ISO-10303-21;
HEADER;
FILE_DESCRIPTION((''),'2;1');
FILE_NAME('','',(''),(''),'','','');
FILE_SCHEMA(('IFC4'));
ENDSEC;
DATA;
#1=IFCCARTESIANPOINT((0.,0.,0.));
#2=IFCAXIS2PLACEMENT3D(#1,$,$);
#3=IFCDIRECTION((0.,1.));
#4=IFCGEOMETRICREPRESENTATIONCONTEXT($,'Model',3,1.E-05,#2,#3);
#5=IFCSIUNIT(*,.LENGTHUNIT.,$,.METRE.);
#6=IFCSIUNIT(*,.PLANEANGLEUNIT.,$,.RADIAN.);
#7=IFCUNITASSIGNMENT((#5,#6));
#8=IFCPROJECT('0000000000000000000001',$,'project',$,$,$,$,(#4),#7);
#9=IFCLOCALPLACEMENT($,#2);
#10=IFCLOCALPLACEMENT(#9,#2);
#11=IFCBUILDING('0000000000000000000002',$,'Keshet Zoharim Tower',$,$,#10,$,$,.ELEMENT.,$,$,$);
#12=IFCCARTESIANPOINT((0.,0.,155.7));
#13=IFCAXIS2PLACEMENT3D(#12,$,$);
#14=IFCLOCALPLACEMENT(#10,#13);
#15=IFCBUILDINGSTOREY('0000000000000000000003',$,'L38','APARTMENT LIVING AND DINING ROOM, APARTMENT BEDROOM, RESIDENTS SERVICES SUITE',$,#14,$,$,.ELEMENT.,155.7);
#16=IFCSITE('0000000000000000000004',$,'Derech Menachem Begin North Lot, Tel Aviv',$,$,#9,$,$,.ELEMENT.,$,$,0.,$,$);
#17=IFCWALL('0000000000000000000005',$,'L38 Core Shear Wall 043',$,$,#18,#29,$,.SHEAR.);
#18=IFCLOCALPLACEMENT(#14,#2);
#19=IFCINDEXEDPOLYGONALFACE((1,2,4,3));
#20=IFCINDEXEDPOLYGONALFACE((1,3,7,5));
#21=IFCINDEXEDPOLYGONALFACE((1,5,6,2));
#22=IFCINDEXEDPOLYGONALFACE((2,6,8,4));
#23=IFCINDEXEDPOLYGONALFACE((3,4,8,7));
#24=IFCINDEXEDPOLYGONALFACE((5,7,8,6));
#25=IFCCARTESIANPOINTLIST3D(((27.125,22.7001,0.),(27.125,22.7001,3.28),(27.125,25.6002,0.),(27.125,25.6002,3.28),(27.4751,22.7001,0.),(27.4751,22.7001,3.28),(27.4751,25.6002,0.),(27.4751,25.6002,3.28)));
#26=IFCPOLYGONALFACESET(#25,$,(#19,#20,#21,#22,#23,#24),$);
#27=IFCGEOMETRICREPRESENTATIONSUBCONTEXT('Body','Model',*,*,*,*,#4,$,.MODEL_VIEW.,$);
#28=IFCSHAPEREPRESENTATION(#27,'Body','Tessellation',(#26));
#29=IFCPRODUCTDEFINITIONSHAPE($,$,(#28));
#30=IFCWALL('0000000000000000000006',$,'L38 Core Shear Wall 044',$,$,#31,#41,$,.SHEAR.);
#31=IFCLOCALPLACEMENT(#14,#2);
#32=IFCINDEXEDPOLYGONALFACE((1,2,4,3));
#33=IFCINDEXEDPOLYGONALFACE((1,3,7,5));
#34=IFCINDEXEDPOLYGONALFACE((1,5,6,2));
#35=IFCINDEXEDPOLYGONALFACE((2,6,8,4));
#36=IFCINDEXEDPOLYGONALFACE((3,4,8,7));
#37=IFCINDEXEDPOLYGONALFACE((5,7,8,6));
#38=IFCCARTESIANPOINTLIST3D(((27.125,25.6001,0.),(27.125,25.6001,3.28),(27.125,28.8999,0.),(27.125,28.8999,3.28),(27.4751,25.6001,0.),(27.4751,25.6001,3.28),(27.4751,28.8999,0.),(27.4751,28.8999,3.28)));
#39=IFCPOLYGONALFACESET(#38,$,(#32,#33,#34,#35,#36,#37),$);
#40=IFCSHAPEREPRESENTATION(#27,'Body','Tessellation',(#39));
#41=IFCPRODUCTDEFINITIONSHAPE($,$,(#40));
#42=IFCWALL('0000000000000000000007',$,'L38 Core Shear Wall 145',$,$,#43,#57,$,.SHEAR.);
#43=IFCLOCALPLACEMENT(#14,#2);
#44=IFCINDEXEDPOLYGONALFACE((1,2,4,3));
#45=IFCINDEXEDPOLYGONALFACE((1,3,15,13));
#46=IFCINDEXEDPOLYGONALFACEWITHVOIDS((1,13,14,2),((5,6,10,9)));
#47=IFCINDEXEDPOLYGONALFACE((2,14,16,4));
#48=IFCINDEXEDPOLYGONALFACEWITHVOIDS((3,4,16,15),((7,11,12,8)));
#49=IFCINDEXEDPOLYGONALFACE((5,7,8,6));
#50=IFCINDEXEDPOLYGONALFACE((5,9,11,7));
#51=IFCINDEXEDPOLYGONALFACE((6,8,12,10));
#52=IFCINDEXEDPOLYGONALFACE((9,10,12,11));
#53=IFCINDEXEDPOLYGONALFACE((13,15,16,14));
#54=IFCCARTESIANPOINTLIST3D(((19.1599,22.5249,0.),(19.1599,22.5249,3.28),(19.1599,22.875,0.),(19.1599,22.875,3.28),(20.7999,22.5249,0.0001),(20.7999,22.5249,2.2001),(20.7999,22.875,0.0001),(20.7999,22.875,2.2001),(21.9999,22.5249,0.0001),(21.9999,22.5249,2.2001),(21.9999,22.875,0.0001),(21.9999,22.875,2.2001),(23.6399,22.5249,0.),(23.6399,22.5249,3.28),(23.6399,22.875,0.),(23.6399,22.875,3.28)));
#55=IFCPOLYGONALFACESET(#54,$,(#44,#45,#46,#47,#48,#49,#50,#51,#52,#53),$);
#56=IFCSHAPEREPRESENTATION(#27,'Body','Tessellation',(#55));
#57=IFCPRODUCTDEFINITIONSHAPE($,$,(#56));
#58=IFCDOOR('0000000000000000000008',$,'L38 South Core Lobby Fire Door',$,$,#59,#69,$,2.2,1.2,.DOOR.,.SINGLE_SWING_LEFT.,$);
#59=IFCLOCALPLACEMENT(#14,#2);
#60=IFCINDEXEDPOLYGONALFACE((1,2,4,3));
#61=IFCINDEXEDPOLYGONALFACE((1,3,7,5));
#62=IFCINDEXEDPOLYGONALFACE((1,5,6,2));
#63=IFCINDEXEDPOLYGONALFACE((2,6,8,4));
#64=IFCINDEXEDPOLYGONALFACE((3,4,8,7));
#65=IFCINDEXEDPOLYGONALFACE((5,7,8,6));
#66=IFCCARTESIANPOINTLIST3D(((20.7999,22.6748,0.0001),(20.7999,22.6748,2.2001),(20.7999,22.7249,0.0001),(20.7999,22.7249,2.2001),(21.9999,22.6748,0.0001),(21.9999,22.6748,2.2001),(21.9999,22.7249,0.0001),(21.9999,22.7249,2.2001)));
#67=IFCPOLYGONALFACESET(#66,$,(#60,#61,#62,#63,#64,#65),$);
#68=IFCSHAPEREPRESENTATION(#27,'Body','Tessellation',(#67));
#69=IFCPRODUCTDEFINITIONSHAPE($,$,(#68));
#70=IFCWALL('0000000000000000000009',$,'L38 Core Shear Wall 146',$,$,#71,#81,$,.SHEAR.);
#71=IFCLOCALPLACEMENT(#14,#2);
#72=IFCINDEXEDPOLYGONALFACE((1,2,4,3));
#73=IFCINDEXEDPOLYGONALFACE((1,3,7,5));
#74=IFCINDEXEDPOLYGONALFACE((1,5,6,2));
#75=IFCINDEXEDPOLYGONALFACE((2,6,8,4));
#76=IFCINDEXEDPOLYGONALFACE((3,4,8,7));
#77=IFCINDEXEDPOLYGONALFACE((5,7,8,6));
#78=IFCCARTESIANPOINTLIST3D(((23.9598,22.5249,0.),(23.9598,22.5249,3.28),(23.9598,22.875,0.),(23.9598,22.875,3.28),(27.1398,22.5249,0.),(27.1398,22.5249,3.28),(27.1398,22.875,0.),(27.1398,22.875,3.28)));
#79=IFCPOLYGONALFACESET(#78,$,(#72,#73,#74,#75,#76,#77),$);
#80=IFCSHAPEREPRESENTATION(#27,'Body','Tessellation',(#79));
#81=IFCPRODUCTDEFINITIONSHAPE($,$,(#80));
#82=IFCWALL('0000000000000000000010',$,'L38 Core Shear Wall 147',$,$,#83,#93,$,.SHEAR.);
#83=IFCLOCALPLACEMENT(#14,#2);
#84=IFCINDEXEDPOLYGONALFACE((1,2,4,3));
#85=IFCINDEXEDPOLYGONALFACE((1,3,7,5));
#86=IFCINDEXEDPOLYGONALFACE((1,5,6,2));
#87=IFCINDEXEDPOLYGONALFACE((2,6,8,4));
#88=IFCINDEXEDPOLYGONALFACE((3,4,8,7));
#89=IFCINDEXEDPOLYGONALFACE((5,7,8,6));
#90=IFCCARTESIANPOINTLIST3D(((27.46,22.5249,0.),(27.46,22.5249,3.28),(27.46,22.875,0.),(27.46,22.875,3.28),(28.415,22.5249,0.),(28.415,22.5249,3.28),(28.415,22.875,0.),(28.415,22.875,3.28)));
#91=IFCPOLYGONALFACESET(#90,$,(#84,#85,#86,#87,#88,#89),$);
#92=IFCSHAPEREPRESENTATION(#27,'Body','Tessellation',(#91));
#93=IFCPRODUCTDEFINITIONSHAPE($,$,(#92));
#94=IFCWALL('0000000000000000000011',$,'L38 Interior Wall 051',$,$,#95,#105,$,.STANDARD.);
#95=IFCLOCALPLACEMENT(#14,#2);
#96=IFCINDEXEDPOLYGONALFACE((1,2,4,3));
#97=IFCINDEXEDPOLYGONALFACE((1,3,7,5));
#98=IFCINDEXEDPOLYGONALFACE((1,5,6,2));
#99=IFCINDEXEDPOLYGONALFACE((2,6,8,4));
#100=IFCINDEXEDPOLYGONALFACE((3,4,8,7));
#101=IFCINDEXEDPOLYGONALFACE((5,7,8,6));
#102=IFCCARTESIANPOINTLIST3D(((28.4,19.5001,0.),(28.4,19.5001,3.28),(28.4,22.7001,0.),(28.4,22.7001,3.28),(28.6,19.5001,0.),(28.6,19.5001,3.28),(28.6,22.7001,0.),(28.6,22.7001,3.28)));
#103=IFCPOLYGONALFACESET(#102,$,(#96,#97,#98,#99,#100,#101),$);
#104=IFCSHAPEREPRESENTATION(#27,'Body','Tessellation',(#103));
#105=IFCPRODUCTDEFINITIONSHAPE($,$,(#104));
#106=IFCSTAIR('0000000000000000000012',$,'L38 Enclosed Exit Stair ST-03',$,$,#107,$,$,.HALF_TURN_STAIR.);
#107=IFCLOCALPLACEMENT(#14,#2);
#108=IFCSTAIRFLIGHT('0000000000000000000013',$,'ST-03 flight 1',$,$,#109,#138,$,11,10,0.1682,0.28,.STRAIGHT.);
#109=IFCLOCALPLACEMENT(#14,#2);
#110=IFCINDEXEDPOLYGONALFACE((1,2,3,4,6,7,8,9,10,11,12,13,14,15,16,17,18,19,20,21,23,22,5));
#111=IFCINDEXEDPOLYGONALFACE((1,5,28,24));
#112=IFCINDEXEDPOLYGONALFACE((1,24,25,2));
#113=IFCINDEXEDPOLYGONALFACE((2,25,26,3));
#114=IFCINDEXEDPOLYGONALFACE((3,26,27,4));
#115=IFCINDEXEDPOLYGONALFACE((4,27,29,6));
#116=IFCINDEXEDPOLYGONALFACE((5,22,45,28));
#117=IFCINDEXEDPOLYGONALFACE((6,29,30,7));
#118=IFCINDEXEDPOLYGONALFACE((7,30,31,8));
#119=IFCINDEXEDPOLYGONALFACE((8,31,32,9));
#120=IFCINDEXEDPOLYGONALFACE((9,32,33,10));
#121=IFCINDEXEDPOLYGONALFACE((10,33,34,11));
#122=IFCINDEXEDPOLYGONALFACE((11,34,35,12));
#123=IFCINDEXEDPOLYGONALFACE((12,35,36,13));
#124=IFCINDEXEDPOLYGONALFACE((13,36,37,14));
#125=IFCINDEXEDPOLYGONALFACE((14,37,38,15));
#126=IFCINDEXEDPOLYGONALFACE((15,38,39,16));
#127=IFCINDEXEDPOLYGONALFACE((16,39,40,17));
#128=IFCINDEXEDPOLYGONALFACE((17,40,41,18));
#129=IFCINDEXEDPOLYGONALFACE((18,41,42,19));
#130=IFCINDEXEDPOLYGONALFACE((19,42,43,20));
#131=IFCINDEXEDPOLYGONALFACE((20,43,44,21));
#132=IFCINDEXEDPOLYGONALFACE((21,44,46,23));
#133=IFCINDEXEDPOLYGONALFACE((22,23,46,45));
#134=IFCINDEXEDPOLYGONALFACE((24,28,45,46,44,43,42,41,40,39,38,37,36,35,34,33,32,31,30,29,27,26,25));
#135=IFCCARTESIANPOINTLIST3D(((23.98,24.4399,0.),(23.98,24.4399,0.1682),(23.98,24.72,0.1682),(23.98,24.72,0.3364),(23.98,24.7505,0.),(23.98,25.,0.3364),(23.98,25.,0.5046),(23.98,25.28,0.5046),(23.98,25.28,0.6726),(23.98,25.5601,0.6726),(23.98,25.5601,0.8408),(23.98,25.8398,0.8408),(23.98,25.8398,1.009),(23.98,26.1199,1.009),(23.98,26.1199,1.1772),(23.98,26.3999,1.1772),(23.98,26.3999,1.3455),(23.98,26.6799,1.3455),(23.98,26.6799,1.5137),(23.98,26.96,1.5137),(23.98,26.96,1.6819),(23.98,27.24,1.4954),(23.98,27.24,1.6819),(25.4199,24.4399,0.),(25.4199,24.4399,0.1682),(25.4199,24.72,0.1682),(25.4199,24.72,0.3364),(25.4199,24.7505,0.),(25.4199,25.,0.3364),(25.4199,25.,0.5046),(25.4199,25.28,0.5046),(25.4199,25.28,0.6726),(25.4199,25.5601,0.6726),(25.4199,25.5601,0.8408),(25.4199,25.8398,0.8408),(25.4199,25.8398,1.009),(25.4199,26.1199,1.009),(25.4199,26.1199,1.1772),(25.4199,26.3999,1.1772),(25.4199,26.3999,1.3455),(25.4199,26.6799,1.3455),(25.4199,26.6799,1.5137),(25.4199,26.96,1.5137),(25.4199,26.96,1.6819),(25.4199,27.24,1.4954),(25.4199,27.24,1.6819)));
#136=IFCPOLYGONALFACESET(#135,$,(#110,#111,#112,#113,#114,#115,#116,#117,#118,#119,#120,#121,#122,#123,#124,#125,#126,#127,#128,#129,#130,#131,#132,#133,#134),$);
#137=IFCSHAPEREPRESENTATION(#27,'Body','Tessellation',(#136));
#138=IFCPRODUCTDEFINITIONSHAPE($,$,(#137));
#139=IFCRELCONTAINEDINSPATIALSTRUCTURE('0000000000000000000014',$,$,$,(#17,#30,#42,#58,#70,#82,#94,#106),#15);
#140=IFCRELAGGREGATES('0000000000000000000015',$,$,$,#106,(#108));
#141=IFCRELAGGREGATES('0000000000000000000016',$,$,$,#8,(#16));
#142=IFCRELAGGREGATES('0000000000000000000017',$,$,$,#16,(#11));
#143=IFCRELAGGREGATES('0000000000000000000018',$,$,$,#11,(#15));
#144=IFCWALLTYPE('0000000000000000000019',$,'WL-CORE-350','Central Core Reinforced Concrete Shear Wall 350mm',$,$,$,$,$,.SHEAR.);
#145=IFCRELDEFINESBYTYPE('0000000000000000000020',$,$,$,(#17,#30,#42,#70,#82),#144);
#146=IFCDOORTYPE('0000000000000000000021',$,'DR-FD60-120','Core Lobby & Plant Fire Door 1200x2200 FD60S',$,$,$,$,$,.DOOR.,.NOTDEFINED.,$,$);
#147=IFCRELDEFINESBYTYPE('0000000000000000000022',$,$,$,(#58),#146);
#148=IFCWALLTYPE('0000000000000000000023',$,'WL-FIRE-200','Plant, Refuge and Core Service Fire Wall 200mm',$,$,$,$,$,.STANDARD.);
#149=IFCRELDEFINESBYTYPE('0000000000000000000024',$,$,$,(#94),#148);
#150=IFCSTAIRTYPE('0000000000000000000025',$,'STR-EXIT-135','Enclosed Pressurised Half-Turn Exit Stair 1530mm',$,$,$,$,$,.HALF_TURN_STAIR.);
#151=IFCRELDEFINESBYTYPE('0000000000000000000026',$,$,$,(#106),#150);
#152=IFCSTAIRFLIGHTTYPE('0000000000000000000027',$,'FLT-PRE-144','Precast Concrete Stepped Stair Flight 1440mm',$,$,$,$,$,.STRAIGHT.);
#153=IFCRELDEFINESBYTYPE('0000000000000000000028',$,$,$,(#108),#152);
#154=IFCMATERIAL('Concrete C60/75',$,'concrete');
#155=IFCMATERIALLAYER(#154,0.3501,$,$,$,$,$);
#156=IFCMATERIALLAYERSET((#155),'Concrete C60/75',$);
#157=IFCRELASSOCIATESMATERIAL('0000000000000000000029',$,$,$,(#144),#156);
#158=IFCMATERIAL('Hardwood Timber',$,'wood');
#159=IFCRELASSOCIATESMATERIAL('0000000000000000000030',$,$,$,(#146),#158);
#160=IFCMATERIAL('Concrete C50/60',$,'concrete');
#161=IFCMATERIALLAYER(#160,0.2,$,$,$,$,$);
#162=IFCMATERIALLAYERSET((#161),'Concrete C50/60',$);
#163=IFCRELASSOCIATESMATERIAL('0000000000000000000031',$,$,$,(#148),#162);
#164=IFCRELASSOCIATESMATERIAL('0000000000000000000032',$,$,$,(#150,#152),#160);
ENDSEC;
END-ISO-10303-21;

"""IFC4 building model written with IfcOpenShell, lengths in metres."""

from ifc_helpers import new_model, si_unit, direction, frame, frame_2d, origin, place, context, subcontext, project, spatial, polyline, rectangle, outline, extrude, material, layer, layer_set, type_object, element, fill, aggregate, save


model = new_model("IFC4")

# Units and contexts
model_context = context("Model", 3, precision=1e-05, world=origin(), true_north=direction((0.0, 1.0)))
body_context = subcontext(model_context, "Body", "Model", "MODEL_VIEW")
ifc_project = project(units=[si_unit("LENGTHUNIT", "METRE"), si_unit("PLANEANGLEUNIT", "RADIAN")], contexts=[model_context])

# Site, building, storey
site_placement = place(None, origin())
site = spatial("IfcSite", under=ifc_project, at=site_placement, Name="Derech Menachem Begin North Lot, Tel Aviv", CompositionType="ELEMENT", RefElevation=0.0)
building_placement = place(site_placement, origin())
building = spatial("IfcBuilding", under=site, at=building_placement, Name="Keshet Zoharim Tower", CompositionType="ELEMENT")
storey_placement = place(building_placement, frame((0.0, 0.0, 155.7)))
storey = spatial("IfcBuildingStorey", under=building, at=storey_placement, Name="L38", Description="APARTMENT LIVING AND DINING ROOM, APARTMENT BEDROOM, RESIDENTS SERVICES SUITE", CompositionType="ELEMENT", Elevation=155.7)

# Shared definitions
ifc_material_1 = material(Name="Concrete C60/75", Category="concrete")
ifc_layer_1 = layer(ifc_material_1, 0.3501)
ifc_layer_set_1 = layer_set([ifc_layer_1], Name="Concrete C60/75")
wall_type_1 = type_object("IfcWallType", Name="WL-CORE-350", Description="Central Core Reinforced Concrete Shear Wall 350mm", PredefinedType="SHEAR", material=ifc_layer_set_1)
ifc_material_2 = material(Name="Hardwood Timber", Category="wood")

# Walls
wall_1_placement = place(storey_placement, frame((27.3, 22.7, 0.0), z_axis=(0.0, 0.0, 1.0), x_axis=(0.0, 1.0, 0.0)))
element("IfcWall", 1, at=wall_1_placement, inside=storey, type_object=wall_type_1, Name="L38 Core Shear Wall 043", PredefinedType="SHEAR", context=body_context, shape_type="SweptSolid", body=[
    extrude(rectangle(XDim=2.9001, YDim=0.3501, at=frame_2d((1.4502, 0.0))), origin(), (0.0, 0.0, 1.0), 3.28),
])
wall_2_placement = place(storey_placement, frame((27.3, 25.6001, 0.0), z_axis=(0.0, 0.0, 1.0), x_axis=(0.0, 1.0, 0.0)))
element("IfcWall", 2, at=wall_2_placement, inside=storey, type_object=wall_type_1, Name="L38 Core Shear Wall 044", PredefinedType="SHEAR", context=body_context, shape_type="SweptSolid", body=[
    extrude(rectangle(XDim=3.2998, YDim=0.3501, at=frame_2d((1.6499, 0.0))), origin(), (0.0, 0.0, 1.0), 3.28),
])

# Wall, opening, door
wall_3_placement = place(storey_placement, frame((19.1599, 22.7, 0.0), z_axis=(0.0, 0.0, 1.0), x_axis=(1.0, 0.0, 0.0)))
wall_3 = element("IfcWall", 3, at=wall_3_placement, inside=storey, type_object=wall_type_1, Name="L38 Core Shear Wall 145", PredefinedType="SHEAR", context=body_context, shape_type="SweptSolid", body=[
    extrude(rectangle(XDim=4.48, YDim=0.3501, at=frame_2d((2.24, 0.0))), origin(), (0.0, 0.0, 1.0), 3.28),
])
opening_1_placement = place(wall_3_placement, frame((1.6399, 0.0, 0.0)))
opening_1 = element("IfcOpeningElement", 4, at=opening_1_placement, cuts=wall_3, PredefinedType="OPENING", context=body_context, shape_type="SweptSolid", body=[
    extrude(rectangle(XDim=1.2, YDim=2.2, at=frame_2d((0.6001, 1.1001))), frame((0.0, 0.1851, 0.0), z_axis=(0.0, -1.0, 0.0), x_axis=(1.0, 0.0, 0.0)), (0.0, 0.0, 1.0), 0.3701),
])
door_type_1 = type_object("IfcDoorType", Name="DR-FD60-120", Description="Core Lobby & Plant Fire Door 1200x2200 FD60S", OperationType="NOTDEFINED", PredefinedType="DOOR", material=ifc_material_2)
door_1_placement = place(opening_1_placement, origin())
door_1 = element("IfcDoor", 5, at=door_1_placement, inside=storey, type_object=door_type_1, Name="L38 South Core Lobby Fire Door", OperationType="SINGLE_SWING_LEFT", OverallHeight=2.2, OverallWidth=1.2, PredefinedType="DOOR", context=body_context, shape_type="SweptSolid", body=[
    extrude(rectangle(XDim=1.2, YDim=2.2, at=frame_2d((0.6001, 1.1001))), frame((0.0, 0.0249, 0.0), z_axis=(0.0, -1.0, 0.0), x_axis=(1.0, 0.0, 0.0)), (0.0, 0.0, 1.0), 0.05),
])
fill(opening_1, door_1)

# Walls
wall_4_placement = place(storey_placement, frame((23.96, 22.7, 0.0), z_axis=(0.0, 0.0, 1.0), x_axis=(1.0, 0.0, 0.0)))
element("IfcWall", 6, at=wall_4_placement, inside=storey, type_object=wall_type_1, Name="L38 Core Shear Wall 146", PredefinedType="SHEAR", context=body_context, shape_type="SweptSolid", body=[
    extrude(rectangle(XDim=3.1799, YDim=0.3501, at=frame_2d((1.5898, 0.0))), origin(), (0.0, 0.0, 1.0), 3.28),
])
wall_5_placement = place(storey_placement, frame((27.46, 22.7, 0.0), z_axis=(0.0, 0.0, 1.0), x_axis=(1.0, 0.0, 0.0)))
element("IfcWall", 7, at=wall_5_placement, inside=storey, type_object=wall_type_1, Name="L38 Core Shear Wall 147", PredefinedType="SHEAR", context=body_context, shape_type="SweptSolid", body=[
    extrude(rectangle(XDim=0.9551, YDim=0.3501, at=frame_2d((0.4775, 0.0))), origin(), (0.0, 0.0, 1.0), 3.28),
])
ifc_material_3 = material(Name="Concrete C50/60", Category="concrete")
ifc_layer_2 = layer(ifc_material_3, 0.2)
ifc_layer_set_2 = layer_set([ifc_layer_2], Name="Concrete C50/60")
wall_type_2 = type_object("IfcWallType", Name="WL-FIRE-200", Description="Plant, Refuge and Core Service Fire Wall 200mm", PredefinedType="STANDARD", material=ifc_layer_set_2)
wall_6_placement = place(storey_placement, frame((28.5, 19.5, 0.0), z_axis=(0.0, 0.0, 1.0), x_axis=(0.0, 1.0, 0.0)))
element("IfcWall", 8, at=wall_6_placement, inside=storey, type_object=wall_type_2, Name="L38 Interior Wall 051", PredefinedType="STANDARD", context=body_context, shape_type="SweptSolid", body=[
    extrude(rectangle(XDim=3.2, YDim=0.2, at=frame_2d((1.6001, 0.0))), origin(), (0.0, 0.0, 1.0), 3.28),
])

# Stair, stair flight
stair_type = type_object("IfcStairType", Name="STR-EXIT-135", Description="Enclosed Pressurised Half-Turn Exit Stair 1530mm", PredefinedType="HALF_TURN_STAIR", material=ifc_material_3)
stair_placement = place(storey_placement, origin())
stair = element("IfcStair", 9, at=stair_placement, inside=storey, type_object=stair_type, Name="L38 Enclosed Exit Stair ST-03", PredefinedType="HALF_TURN_STAIR")
stair_flight_type = type_object("IfcStairFlightType", Name="FLT-PRE-144", Description="Precast Concrete Stepped Stair Flight 1440mm", PredefinedType="STRAIGHT", material=ifc_material_3)
stair_flight_placement = place(storey_placement, frame((24.7, 24.4399, 0.0), z_axis=(0.0, 0.0, 1.0), x_axis=(0.0, 1.0, 0.0)))
stair_flight = element("IfcStairFlight", 10, at=stair_flight_placement, type_object=stair_flight_type, Name="ST-03 flight 1", NumberOfRisers=11, NumberOfTreads=10, PredefinedType="STRAIGHT", RiserHeight=0.1682, TreadLength=0.28, context=body_context, shape_type="SweptSolid", body=[
    extrude(outline(polyline([(0.0, 0.0), (0.0, 0.1682), (0.28, 0.1682), (0.28, 0.3364), (0.5601, 0.3364), (0.5601, 0.5046), (0.8401, 0.5046), (0.8401, 0.6726), (1.1201, 0.6726), (1.1201, 0.8408), (1.3999, 0.8408), (1.3999, 1.009), (1.6799, 1.009), (1.6799, 1.1772), (1.96, 1.1772), (1.96, 1.3455), (2.24, 1.3455), (2.24, 1.5137), (2.52, 1.5137), (2.52, 1.6819), (2.8, 1.6819), (2.8, 1.8501), (2.8, 1.4954), (0.3105, 0.0), (0.0, 0.0)])), frame((0.0, 0.72, 0.0), z_axis=(0.0, -1.0, 0.0), x_axis=(1.0, 0.0, 0.0)), (0.0, 0.0, 1.0), 1.4399),
])
aggregate(stair, [stair_flight])

save(model, "model.ifc")
